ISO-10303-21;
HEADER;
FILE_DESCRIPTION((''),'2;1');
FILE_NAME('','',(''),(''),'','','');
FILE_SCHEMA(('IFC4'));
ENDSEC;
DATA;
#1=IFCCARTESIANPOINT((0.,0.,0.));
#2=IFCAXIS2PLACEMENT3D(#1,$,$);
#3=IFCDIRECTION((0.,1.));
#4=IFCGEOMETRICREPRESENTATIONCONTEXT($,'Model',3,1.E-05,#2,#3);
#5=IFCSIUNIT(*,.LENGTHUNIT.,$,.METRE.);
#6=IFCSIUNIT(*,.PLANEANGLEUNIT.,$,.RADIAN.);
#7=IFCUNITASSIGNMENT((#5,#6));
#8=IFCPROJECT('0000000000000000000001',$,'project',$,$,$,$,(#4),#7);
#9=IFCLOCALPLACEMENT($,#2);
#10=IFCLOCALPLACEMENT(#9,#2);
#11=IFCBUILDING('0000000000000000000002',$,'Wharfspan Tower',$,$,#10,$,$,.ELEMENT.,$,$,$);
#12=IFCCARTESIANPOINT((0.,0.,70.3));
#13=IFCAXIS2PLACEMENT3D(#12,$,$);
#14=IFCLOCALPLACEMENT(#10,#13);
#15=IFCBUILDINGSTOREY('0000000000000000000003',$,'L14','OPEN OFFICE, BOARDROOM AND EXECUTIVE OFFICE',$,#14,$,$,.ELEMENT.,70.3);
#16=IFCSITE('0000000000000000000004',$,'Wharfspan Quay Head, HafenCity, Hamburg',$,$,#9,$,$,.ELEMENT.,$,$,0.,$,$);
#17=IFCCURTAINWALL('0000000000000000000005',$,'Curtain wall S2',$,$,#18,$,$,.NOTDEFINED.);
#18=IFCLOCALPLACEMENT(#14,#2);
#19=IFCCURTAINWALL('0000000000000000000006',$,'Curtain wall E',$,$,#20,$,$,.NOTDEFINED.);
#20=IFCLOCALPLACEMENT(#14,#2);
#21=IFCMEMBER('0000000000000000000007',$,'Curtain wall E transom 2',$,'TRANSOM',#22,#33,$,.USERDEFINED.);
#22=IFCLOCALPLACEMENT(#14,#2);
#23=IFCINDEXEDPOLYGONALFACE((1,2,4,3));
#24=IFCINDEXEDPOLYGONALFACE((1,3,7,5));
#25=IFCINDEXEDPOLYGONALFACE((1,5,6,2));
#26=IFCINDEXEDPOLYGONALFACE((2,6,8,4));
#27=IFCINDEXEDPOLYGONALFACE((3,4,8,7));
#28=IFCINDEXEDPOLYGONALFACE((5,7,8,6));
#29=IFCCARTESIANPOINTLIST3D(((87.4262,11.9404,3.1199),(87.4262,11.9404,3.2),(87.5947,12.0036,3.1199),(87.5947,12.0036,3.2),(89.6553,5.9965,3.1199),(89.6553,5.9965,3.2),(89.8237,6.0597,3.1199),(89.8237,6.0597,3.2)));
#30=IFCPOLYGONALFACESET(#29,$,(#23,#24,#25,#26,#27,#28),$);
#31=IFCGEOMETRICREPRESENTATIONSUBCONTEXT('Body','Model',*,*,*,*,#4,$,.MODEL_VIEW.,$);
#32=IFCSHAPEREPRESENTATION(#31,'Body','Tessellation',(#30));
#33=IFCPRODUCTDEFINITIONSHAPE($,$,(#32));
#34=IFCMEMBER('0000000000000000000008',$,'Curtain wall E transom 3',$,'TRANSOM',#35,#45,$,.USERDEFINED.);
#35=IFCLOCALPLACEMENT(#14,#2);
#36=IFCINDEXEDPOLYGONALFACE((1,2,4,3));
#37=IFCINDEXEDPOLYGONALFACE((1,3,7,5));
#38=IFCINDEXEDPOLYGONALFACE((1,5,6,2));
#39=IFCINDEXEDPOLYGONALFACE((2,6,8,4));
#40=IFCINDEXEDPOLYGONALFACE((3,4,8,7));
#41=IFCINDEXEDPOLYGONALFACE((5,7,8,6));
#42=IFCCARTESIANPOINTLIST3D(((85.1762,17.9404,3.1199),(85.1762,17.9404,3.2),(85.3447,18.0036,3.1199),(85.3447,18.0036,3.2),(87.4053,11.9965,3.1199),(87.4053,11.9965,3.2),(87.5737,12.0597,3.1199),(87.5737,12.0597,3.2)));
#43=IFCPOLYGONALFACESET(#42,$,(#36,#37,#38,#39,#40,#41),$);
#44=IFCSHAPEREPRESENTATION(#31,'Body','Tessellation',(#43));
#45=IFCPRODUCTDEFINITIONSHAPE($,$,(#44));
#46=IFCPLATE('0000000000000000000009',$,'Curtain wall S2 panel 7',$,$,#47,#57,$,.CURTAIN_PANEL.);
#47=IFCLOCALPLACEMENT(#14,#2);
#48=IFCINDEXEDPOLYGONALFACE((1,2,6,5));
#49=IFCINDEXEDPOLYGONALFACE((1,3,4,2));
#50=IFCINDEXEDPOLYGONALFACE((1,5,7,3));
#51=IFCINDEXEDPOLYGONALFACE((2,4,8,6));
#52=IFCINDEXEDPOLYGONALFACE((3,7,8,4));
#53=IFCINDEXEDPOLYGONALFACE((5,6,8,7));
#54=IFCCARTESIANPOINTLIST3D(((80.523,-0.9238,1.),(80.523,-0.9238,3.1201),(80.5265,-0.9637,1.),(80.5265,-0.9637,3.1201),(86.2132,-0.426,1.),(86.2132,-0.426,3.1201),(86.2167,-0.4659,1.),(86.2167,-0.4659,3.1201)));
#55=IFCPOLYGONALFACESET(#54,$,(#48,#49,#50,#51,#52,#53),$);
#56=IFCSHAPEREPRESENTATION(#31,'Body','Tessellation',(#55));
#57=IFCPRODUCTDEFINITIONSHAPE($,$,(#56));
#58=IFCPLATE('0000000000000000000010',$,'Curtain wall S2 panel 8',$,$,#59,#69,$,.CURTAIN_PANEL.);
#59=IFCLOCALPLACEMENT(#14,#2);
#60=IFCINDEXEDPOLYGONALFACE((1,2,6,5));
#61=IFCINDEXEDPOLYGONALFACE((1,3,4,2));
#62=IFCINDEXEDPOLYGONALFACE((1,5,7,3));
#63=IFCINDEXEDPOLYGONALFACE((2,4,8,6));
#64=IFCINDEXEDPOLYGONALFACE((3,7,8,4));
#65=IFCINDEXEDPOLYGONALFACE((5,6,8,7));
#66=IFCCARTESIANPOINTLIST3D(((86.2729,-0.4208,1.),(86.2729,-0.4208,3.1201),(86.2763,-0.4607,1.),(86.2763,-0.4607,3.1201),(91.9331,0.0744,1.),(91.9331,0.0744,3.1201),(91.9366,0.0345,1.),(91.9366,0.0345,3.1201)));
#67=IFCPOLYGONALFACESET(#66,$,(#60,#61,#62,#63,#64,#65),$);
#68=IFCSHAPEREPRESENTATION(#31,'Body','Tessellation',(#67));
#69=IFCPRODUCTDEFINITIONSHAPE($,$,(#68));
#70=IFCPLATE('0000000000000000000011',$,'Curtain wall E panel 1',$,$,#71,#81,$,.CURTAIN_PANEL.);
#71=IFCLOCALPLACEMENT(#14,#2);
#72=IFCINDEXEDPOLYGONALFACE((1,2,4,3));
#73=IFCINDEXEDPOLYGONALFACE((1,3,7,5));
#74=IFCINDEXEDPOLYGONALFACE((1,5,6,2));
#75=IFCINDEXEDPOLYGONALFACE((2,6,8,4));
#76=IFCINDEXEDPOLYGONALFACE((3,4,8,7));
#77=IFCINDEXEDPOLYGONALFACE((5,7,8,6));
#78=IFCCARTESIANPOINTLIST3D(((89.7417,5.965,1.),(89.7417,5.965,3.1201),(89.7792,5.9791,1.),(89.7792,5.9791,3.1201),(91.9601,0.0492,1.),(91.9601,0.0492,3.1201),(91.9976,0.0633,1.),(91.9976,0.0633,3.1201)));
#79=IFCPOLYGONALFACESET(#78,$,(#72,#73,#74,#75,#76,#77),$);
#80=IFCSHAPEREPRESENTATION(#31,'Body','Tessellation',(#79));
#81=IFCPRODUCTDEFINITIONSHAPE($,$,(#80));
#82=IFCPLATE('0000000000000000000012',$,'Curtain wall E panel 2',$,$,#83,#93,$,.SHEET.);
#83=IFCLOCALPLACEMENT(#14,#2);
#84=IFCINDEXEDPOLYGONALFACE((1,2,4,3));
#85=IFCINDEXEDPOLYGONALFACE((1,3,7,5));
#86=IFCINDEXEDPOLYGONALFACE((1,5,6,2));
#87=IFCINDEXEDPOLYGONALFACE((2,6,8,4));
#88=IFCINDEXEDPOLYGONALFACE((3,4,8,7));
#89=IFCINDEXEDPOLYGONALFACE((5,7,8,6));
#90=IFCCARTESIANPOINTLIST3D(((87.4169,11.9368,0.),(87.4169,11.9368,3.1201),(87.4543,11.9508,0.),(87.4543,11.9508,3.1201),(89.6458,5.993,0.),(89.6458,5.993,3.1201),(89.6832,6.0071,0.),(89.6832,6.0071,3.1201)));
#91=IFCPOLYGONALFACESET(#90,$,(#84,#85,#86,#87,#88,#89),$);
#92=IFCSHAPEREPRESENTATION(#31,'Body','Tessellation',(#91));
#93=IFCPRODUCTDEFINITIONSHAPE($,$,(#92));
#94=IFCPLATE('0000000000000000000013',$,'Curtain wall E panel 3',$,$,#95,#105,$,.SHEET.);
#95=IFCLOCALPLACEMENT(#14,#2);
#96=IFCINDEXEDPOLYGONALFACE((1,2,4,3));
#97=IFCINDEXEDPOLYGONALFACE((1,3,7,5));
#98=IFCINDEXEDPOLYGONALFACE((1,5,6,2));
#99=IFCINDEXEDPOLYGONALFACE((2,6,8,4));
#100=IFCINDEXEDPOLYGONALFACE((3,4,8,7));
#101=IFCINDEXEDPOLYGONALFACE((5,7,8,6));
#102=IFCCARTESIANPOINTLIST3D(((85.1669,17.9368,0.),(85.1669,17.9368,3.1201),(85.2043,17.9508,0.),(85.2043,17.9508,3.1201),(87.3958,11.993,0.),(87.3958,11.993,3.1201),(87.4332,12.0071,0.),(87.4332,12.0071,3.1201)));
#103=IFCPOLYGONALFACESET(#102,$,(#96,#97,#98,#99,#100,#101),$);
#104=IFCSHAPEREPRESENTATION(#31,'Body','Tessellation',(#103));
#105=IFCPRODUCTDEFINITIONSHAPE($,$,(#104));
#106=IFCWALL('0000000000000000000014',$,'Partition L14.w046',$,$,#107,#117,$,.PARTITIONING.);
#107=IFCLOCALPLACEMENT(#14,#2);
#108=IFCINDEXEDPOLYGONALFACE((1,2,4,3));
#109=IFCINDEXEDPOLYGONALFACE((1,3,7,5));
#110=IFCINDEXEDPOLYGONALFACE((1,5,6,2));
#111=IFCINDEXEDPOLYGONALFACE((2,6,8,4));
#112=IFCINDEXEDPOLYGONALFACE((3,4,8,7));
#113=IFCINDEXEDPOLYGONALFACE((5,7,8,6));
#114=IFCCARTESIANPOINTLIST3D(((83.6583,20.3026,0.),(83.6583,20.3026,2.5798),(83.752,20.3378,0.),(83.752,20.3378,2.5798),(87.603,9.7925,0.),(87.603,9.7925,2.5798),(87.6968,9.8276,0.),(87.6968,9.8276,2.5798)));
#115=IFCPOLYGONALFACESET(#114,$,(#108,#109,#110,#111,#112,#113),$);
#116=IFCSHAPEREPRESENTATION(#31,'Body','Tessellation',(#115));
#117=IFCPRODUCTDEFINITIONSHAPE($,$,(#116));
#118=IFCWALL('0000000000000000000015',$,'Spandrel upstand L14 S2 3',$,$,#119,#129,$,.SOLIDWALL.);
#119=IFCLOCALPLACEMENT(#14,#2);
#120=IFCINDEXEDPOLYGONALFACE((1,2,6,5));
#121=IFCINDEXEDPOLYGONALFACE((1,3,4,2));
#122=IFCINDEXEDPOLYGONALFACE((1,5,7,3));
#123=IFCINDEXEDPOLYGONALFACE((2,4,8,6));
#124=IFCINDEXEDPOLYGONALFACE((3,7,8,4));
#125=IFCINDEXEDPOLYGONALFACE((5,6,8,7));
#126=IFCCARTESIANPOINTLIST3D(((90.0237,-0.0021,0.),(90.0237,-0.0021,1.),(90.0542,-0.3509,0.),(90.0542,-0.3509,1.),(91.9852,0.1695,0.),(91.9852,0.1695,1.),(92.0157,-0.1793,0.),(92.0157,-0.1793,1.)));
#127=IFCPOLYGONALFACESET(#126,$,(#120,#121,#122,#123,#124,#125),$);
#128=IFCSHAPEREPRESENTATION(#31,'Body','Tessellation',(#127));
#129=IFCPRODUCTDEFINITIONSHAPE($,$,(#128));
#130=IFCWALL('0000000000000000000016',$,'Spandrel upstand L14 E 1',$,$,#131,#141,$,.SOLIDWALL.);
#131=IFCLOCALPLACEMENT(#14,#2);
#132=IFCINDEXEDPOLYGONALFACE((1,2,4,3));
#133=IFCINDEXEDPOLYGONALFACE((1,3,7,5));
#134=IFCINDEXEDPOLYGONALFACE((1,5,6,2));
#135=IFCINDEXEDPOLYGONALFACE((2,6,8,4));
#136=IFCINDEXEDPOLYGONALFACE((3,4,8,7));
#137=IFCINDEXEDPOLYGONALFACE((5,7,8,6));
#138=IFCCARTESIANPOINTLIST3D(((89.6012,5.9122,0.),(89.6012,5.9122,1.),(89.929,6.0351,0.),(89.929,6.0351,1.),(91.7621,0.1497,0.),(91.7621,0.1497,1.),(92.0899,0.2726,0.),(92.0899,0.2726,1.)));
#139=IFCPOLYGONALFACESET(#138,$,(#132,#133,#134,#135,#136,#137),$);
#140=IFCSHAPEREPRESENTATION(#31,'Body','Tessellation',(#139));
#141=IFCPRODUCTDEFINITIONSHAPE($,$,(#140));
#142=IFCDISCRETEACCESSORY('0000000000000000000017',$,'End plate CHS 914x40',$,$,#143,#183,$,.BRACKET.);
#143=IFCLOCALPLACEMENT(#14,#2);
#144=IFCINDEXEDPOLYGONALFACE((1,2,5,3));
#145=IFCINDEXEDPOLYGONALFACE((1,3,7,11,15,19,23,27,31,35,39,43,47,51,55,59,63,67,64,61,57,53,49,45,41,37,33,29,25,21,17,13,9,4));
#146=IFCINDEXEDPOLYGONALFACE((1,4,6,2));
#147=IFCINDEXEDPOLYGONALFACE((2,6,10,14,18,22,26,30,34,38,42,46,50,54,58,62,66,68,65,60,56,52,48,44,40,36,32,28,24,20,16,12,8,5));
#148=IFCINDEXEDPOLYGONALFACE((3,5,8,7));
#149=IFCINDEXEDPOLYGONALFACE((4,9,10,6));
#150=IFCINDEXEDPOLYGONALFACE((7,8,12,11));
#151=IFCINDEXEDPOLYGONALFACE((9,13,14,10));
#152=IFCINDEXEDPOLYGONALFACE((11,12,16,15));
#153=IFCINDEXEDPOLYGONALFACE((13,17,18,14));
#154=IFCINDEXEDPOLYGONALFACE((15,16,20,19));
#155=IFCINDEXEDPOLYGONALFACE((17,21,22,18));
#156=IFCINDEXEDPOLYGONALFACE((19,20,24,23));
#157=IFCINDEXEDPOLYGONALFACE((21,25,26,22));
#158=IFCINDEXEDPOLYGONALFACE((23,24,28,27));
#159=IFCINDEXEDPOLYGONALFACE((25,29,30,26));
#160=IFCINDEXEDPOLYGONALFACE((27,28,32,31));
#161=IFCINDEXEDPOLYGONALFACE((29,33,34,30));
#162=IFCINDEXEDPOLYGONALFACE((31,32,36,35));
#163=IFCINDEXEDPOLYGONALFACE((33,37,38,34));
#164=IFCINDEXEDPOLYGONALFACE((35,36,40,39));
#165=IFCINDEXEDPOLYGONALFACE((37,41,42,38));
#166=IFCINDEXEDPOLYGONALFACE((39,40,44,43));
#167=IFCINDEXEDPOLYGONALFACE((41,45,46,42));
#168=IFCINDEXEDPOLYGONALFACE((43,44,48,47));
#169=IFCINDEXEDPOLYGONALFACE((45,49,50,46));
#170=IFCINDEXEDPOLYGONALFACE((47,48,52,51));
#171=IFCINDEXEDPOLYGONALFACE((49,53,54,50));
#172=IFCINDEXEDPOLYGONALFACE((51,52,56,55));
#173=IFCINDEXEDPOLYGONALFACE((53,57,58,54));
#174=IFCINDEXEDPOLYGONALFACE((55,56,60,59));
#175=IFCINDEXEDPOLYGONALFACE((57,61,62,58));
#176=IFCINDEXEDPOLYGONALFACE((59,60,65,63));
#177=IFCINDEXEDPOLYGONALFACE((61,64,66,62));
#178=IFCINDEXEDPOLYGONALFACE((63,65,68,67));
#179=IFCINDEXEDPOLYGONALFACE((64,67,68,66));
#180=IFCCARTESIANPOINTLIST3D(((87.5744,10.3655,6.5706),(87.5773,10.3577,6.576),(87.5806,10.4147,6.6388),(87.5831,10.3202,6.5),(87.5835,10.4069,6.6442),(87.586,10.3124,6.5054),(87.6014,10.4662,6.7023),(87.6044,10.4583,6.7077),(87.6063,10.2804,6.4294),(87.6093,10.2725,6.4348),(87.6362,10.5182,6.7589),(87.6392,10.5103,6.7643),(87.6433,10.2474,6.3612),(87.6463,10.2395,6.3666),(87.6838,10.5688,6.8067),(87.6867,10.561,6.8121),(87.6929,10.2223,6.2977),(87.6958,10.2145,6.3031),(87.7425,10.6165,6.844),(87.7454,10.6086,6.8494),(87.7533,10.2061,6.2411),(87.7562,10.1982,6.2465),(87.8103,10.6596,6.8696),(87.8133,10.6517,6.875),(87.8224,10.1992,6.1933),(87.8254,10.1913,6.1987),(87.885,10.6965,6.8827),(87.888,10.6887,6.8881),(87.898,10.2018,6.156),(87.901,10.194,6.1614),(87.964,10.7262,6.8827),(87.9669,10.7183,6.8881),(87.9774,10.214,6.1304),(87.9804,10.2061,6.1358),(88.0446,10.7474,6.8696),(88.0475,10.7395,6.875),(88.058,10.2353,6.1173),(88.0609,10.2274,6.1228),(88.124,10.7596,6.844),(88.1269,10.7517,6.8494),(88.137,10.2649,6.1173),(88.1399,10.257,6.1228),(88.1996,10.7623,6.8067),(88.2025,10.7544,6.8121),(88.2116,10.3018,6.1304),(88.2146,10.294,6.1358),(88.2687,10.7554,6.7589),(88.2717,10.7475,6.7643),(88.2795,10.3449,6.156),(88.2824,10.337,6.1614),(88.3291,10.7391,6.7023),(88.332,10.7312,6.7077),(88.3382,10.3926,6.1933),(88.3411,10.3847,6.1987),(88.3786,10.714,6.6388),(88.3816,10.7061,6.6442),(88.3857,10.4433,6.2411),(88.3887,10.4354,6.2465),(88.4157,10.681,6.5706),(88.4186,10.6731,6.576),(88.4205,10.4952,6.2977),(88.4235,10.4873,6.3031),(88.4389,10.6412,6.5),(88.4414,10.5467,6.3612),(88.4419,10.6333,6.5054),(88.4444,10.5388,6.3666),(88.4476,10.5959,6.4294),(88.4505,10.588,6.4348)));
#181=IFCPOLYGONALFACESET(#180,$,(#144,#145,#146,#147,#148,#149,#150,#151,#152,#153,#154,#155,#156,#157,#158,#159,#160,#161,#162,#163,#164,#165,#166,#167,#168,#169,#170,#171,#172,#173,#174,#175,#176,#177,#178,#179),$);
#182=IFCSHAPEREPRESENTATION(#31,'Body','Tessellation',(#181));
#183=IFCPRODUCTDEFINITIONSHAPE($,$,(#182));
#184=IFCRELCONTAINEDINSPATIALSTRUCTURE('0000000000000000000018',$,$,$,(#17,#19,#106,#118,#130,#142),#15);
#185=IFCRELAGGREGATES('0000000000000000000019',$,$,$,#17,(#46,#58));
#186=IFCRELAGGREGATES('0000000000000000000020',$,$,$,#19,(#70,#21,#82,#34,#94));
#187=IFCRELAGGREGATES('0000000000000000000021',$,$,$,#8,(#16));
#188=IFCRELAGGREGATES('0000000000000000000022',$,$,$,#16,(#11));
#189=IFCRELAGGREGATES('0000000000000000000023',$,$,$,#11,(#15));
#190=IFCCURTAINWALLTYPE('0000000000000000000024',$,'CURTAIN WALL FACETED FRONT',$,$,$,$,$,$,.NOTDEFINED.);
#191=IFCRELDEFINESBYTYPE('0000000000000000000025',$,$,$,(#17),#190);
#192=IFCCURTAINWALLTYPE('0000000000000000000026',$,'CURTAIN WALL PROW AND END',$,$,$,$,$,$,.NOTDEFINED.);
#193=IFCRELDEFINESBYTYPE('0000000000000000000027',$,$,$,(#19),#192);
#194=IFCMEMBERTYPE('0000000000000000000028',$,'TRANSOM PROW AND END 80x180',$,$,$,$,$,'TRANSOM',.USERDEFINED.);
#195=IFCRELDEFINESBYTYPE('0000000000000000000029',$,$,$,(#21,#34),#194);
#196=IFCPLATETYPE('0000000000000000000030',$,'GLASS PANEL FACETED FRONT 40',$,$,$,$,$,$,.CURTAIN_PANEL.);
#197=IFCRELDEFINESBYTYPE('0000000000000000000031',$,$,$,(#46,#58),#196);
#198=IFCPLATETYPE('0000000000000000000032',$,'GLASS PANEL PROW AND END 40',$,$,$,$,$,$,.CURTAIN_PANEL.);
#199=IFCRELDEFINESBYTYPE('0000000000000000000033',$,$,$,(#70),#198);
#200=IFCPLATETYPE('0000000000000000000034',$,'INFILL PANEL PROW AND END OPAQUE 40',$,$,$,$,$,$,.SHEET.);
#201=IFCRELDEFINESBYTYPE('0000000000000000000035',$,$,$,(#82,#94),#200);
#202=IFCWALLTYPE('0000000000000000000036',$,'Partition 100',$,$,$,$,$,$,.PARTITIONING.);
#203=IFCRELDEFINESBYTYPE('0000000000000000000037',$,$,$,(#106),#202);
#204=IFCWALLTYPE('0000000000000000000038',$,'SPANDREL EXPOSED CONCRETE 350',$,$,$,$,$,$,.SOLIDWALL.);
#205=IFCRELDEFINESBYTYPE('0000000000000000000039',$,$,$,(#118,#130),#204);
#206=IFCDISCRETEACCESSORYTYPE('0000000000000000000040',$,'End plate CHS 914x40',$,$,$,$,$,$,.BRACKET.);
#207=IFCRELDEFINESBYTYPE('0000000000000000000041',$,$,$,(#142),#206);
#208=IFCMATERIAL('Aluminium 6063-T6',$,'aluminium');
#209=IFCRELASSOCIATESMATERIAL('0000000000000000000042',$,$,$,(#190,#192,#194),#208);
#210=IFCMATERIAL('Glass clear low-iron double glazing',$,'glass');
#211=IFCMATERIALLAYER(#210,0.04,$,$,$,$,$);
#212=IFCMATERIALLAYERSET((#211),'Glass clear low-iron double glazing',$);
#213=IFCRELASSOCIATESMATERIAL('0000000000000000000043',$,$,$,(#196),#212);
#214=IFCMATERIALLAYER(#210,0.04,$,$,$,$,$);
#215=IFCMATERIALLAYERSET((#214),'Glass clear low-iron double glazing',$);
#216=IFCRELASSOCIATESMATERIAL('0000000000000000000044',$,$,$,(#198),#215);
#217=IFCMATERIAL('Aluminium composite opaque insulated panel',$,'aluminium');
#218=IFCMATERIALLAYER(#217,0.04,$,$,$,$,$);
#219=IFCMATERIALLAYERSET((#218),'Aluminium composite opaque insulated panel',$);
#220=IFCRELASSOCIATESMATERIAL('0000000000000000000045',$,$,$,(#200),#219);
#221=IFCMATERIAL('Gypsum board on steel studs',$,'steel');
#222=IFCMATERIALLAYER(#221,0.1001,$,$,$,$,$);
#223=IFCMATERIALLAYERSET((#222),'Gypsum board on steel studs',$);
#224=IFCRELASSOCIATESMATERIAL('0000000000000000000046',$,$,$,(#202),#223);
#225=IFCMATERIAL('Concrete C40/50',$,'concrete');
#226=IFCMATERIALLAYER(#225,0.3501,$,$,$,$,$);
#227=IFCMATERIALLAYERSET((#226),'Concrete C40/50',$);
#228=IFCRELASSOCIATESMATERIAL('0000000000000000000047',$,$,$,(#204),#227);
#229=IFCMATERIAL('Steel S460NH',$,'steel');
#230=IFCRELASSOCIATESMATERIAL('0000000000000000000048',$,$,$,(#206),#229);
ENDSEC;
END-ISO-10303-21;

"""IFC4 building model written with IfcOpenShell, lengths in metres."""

from ifc_helpers import new_model, si_unit, direction, frame, frame_2d, origin, origin_2d, place, context, subcontext, project, spatial, rectangle, circle, extrude, material, layer, layer_set, material_profile, profile_set, type_object, element, aggregate, save


model = new_model("IFC4")

# Units and contexts
model_context = context("Model", 3, precision=1e-05, world=origin(), true_north=direction((0.0, 1.0)))
body_context = subcontext(model_context, "Body", "Model", "MODEL_VIEW")
ifc_project = project(units=[si_unit("LENGTHUNIT", "METRE"), si_unit("PLANEANGLEUNIT", "RADIAN")], contexts=[model_context])

# Site, building, storey
site_placement = place(None, origin())
site = spatial("IfcSite", under=ifc_project, at=site_placement, Name="Wharfspan Quay Head, HafenCity, Hamburg", CompositionType="ELEMENT", RefElevation=0.0)
building_placement = place(site_placement, origin())
building = spatial("IfcBuilding", under=site, at=building_placement, Name="Wharfspan Tower", CompositionType="ELEMENT")
storey_placement = place(building_placement, frame((0.0, 0.0, 70.3)))
storey = spatial("IfcBuildingStorey", under=building, at=storey_placement, Name="L14", Description="OPEN OFFICE, BOARDROOM AND EXECUTIVE OFFICE", CompositionType="ELEMENT", Elevation=70.3)

# Curtain walls
ifc_material_1 = material(Name="Aluminium 6063-T6", Category="aluminium")
curtain_wall_type_1 = type_object("IfcCurtainWallType", Name="CURTAIN WALL FACETED FRONT", PredefinedType="NOTDEFINED", material=ifc_material_1)
curtain_wall_1_placement = place(storey_placement, origin())
curtain_wall_1 = element("IfcCurtainWall", 1, at=curtain_wall_1_placement, inside=storey, type_object=curtain_wall_type_1, Name="Curtain wall S2", PredefinedType="NOTDEFINED")
curtain_wall_type_2 = type_object("IfcCurtainWallType", Name="CURTAIN WALL PROW AND END", PredefinedType="NOTDEFINED", material=ifc_material_1)
curtain_wall_2_placement = place(storey_placement, origin())
curtain_wall_2 = element("IfcCurtainWall", 2, at=curtain_wall_2_placement, inside=storey, type_object=curtain_wall_type_2, Name="Curtain wall E", PredefinedType="NOTDEFINED")

# Members
ifc_material_profile_1 = material_profile(ifc_material_1, rectangle(XDim=0.1799, YDim=0.0801, at=origin_2d()))
ifc_profile_set_1 = profile_set([ifc_material_profile_1], Name="Aluminium 6063-T6")
member_type_1 = type_object("IfcMemberType", Name="TRANSOM PROW AND END 80x180", ElementType="TRANSOM", PredefinedType="USERDEFINED", material=ifc_profile_set_1)
member_1_placement = place(storey_placement, frame((89.7395, 6.0281, 3.1599), z_axis=(-0.351132, 0.936326, 0.0), x_axis=(-0.936326, -0.351132, 0.0)))
member_1 = element("IfcMember", 3, at=member_1_placement, type_object=member_type_1, Name="Curtain wall E transom 2", ObjectType="TRANSOM", PredefinedType="USERDEFINED", context=body_context, shape_type="SweptSolid", body=[
    extrude(rectangle(XDim=0.1799, YDim=0.0801, at=origin_2d()), origin(), (0.0, 0.0, 1.0), 6.3481),
])
member_2_placement = place(storey_placement, frame((87.4895, 12.0281, 3.1599), z_axis=(-0.351132, 0.936326, 0.0), x_axis=(-0.936326, -0.351132, 0.0)))
member_2 = element("IfcMember", 4, at=member_2_placement, type_object=member_type_1, Name="Curtain wall E transom 3", ObjectType="TRANSOM", PredefinedType="USERDEFINED", context=body_context, shape_type="SweptSolid", body=[
    extrude(rectangle(XDim=0.1799, YDim=0.0801, at=origin_2d()), origin(), (0.0, 0.0, 1.0), 6.3481),
])

# Plates
ifc_material_2 = material(Name="Glass clear low-iron double glazing", Category="glass")
ifc_layer_1 = layer(ifc_material_2, 0.04)
ifc_layer_set_1 = layer_set([ifc_layer_1], Name="Glass clear low-iron double glazing")
plate_type_1 = type_object("IfcPlateType", Name="GLASS PANEL FACETED FRONT 40", PredefinedType="CURTAIN_PANEL", material=ifc_layer_set_1)
plate_1_placement = place(storey_placement, frame((83.3699, -0.6948, 1.0), z_axis=(0.0, 0.0, 1.0), x_axis=(0.996197, 0.087156, 0.0)))
plate_1 = element("IfcPlate", 5, at=plate_1_placement, type_object=plate_type_1, Name="Curtain wall S2 panel 7", PredefinedType="CURTAIN_PANEL", context=body_context, shape_type="SweptSolid", body=[
    extrude(rectangle(XDim=5.7119, YDim=0.04, at=origin_2d()), origin(), (0.0, 0.0, 1.0), 2.1201),
])
plate_2_placement = place(storey_placement, frame((89.1047, -0.1931, 1.0), z_axis=(0.0, 0.0, 1.0), x_axis=(0.996197, 0.087156, 0.0)))
plate_2 = element("IfcPlate", 6, at=plate_2_placement, type_object=plate_type_1, Name="Curtain wall S2 panel 8", PredefinedType="CURTAIN_PANEL", context=body_context, shape_type="SweptSolid", body=[
    extrude(rectangle(XDim=5.6819, YDim=0.04, at=origin_2d()), origin(), (0.0, 0.0, 1.0), 2.1201),
])
aggregate(curtain_wall_1, [plate_1, plate_2])
ifc_layer_2 = layer(ifc_material_2, 0.04)
ifc_layer_set_2 = layer_set([ifc_layer_2], Name="Glass clear low-iron double glazing")
plate_type_2 = type_object("IfcPlateType", Name="GLASS PANEL PROW AND END 40", PredefinedType="CURTAIN_PANEL", material=ifc_layer_set_2)
plate_3_placement = place(storey_placement, frame((90.8696, 3.0142, 1.0), z_axis=(0.0, 0.0, 1.0), x_axis=(-0.351123, 0.936328, 0.0)))
plate_3 = element("IfcPlate", 7, at=plate_3_placement, type_object=plate_type_2, Name="Curtain wall E panel 1", PredefinedType="CURTAIN_PANEL", context=body_context, shape_type="SweptSolid", body=[
    extrude(rectangle(XDim=6.3181, YDim=0.04, at=origin_2d()), origin(), (0.0, 0.0, 1.0), 2.1201),
])
ifc_material_3 = material(Name="Aluminium composite opaque insulated panel", Category="aluminium")
ifc_layer_3 = layer(ifc_material_3, 0.04)
ifc_layer_set_3 = layer_set([ifc_layer_3], Name="Aluminium composite opaque insulated panel")
plate_type_3 = type_object("IfcPlateType", Name="INFILL PANEL PROW AND END OPAQUE 40", PredefinedType="SHEET", material=ifc_layer_set_3)
plate_4_placement = place(storey_placement, frame((88.55, 8.9719, 0.0), z_axis=(0.0, 0.0, 1.0), x_axis=(-0.351123, 0.936328, 0.0)))
plate_4 = element("IfcPlate", 8, at=plate_4_placement, type_object=plate_type_3, Name="Curtain wall E panel 2", PredefinedType="SHEET", context=body_context, shape_type="SweptSolid", body=[
    extrude(rectangle(XDim=6.3479, YDim=0.04, at=origin_2d()), origin(), (0.0, 0.0, 1.0), 3.1201),
])
plate_5_placement = place(storey_placement, frame((86.3, 14.9719, 0.0), z_axis=(0.0, 0.0, 1.0), x_axis=(-0.351123, 0.936328, 0.0)))
plate_5 = element("IfcPlate", 9, at=plate_5_placement, type_object=plate_type_3, Name="Curtain wall E panel 3", PredefinedType="SHEET", context=body_context, shape_type="SweptSolid", body=[
    extrude(rectangle(XDim=6.3479, YDim=0.04, at=origin_2d()), origin(), (0.0, 0.0, 1.0), 3.1201),
])
aggregate(curtain_wall_2, [plate_3, member_1, plate_4, member_2, plate_5])

# Walls
ifc_material_4 = material(Name="Gypsum board on steel studs", Category="steel")
ifc_layer_4 = layer(ifc_material_4, 0.1001)
ifc_layer_set_4 = layer_set([ifc_layer_4], Name="Gypsum board on steel studs")
wall_type_1 = type_object("IfcWallType", Name="Partition 100", PredefinedType="PARTITIONING", material=ifc_layer_set_4)
wall_1_placement = place(storey_placement, frame((87.6499, 9.8101, 0.0), z_axis=(0.0, 0.0, 1.0), x_axis=(-0.351395, 0.936227, 0.0)))
element("IfcWall", 10, at=wall_1_placement, inside=storey, type_object=wall_type_1, Name="Partition L14.w046", PredefinedType="PARTITIONING", context=body_context, shape_type="SweptSolid", body=[
    extrude(rectangle(XDim=11.2261, YDim=0.1001, at=frame_2d((5.613, 0.0))), origin(), (0.0, 0.0, 1.0), 2.5798),
])
ifc_material_5 = material(Name="Concrete C40/50", Category="concrete")
ifc_layer_5 = layer(ifc_material_5, 0.3501)
ifc_layer_set_5 = layer_set([ifc_layer_5], Name="Concrete C40/50")
wall_type_2 = type_object("IfcWallType", Name="SPANDREL EXPOSED CONCRETE 350", PredefinedType="SOLIDWALL", material=ifc_layer_set_5)
wall_2_placement = place(storey_placement, frame((90.0391, -0.1765, 0.0), z_axis=(0.0, 0.0, 1.0), x_axis=(0.996193, 0.08717, 0.0)))
element("IfcWall", 11, at=wall_2_placement, inside=storey, type_object=wall_type_2, Name="Spandrel upstand L14 S2 3", PredefinedType="SOLIDWALL", context=body_context, shape_type="SweptSolid", body=[
    extrude(rectangle(XDim=1.969, YDim=0.3501, at=frame_2d((0.9844, 0.0))), origin(), (0.0, 0.0, 1.0), 1.0),
])
wall_3_placement = place(storey_placement, frame((91.926, 0.2112, 0.0), z_axis=(0.0, 0.0, 1.0), x_axis=(-0.351118, 0.936328, 0.0)))
element("IfcWall", 12, at=wall_3_placement, inside=storey, type_object=wall_type_2, Name="Spandrel upstand L14 E 1", PredefinedType="SOLIDWALL", context=body_context, shape_type="SweptSolid", body=[
    extrude(rectangle(XDim=6.1543, YDim=0.3501, at=frame_2d((3.0771, 0.0))), origin(), (0.0, 0.0, 1.0), 1.0),
])

# Discrete accessory
ifc_material_6 = material(Name="Steel S460NH", Category="steel")
ifc_material_profile_2 = material_profile(ifc_material_6, circle(Radius=0.457, at=origin_2d()))
ifc_profile_set_2 = profile_set([ifc_material_profile_2], Name="Steel S460NH")
discrete_accessory_type = type_object("IfcDiscreteAccessoryType", Name="End plate CHS 914x40", PredefinedType="BRACKET", material=ifc_profile_set_2)
discrete_accessory_placement = place(storey_placement, frame((88.011, 10.4807, 6.5), z_axis=(0.295241, -0.787309, 0.541275), x_axis=(0.936333, 0.351125, 0.0)))
element("IfcDiscreteAccessory", 13, at=discrete_accessory_placement, inside=storey, type_object=discrete_accessory_type, Name="End plate CHS 914x40", PredefinedType="BRACKET", context=body_context, shape_type="SweptSolid", body=[
    extrude(circle(Radius=0.457, at=origin_2d()), origin(), (0.0, 0.0, 1.0), 0.01),
])

save(model, "model.ifc")
